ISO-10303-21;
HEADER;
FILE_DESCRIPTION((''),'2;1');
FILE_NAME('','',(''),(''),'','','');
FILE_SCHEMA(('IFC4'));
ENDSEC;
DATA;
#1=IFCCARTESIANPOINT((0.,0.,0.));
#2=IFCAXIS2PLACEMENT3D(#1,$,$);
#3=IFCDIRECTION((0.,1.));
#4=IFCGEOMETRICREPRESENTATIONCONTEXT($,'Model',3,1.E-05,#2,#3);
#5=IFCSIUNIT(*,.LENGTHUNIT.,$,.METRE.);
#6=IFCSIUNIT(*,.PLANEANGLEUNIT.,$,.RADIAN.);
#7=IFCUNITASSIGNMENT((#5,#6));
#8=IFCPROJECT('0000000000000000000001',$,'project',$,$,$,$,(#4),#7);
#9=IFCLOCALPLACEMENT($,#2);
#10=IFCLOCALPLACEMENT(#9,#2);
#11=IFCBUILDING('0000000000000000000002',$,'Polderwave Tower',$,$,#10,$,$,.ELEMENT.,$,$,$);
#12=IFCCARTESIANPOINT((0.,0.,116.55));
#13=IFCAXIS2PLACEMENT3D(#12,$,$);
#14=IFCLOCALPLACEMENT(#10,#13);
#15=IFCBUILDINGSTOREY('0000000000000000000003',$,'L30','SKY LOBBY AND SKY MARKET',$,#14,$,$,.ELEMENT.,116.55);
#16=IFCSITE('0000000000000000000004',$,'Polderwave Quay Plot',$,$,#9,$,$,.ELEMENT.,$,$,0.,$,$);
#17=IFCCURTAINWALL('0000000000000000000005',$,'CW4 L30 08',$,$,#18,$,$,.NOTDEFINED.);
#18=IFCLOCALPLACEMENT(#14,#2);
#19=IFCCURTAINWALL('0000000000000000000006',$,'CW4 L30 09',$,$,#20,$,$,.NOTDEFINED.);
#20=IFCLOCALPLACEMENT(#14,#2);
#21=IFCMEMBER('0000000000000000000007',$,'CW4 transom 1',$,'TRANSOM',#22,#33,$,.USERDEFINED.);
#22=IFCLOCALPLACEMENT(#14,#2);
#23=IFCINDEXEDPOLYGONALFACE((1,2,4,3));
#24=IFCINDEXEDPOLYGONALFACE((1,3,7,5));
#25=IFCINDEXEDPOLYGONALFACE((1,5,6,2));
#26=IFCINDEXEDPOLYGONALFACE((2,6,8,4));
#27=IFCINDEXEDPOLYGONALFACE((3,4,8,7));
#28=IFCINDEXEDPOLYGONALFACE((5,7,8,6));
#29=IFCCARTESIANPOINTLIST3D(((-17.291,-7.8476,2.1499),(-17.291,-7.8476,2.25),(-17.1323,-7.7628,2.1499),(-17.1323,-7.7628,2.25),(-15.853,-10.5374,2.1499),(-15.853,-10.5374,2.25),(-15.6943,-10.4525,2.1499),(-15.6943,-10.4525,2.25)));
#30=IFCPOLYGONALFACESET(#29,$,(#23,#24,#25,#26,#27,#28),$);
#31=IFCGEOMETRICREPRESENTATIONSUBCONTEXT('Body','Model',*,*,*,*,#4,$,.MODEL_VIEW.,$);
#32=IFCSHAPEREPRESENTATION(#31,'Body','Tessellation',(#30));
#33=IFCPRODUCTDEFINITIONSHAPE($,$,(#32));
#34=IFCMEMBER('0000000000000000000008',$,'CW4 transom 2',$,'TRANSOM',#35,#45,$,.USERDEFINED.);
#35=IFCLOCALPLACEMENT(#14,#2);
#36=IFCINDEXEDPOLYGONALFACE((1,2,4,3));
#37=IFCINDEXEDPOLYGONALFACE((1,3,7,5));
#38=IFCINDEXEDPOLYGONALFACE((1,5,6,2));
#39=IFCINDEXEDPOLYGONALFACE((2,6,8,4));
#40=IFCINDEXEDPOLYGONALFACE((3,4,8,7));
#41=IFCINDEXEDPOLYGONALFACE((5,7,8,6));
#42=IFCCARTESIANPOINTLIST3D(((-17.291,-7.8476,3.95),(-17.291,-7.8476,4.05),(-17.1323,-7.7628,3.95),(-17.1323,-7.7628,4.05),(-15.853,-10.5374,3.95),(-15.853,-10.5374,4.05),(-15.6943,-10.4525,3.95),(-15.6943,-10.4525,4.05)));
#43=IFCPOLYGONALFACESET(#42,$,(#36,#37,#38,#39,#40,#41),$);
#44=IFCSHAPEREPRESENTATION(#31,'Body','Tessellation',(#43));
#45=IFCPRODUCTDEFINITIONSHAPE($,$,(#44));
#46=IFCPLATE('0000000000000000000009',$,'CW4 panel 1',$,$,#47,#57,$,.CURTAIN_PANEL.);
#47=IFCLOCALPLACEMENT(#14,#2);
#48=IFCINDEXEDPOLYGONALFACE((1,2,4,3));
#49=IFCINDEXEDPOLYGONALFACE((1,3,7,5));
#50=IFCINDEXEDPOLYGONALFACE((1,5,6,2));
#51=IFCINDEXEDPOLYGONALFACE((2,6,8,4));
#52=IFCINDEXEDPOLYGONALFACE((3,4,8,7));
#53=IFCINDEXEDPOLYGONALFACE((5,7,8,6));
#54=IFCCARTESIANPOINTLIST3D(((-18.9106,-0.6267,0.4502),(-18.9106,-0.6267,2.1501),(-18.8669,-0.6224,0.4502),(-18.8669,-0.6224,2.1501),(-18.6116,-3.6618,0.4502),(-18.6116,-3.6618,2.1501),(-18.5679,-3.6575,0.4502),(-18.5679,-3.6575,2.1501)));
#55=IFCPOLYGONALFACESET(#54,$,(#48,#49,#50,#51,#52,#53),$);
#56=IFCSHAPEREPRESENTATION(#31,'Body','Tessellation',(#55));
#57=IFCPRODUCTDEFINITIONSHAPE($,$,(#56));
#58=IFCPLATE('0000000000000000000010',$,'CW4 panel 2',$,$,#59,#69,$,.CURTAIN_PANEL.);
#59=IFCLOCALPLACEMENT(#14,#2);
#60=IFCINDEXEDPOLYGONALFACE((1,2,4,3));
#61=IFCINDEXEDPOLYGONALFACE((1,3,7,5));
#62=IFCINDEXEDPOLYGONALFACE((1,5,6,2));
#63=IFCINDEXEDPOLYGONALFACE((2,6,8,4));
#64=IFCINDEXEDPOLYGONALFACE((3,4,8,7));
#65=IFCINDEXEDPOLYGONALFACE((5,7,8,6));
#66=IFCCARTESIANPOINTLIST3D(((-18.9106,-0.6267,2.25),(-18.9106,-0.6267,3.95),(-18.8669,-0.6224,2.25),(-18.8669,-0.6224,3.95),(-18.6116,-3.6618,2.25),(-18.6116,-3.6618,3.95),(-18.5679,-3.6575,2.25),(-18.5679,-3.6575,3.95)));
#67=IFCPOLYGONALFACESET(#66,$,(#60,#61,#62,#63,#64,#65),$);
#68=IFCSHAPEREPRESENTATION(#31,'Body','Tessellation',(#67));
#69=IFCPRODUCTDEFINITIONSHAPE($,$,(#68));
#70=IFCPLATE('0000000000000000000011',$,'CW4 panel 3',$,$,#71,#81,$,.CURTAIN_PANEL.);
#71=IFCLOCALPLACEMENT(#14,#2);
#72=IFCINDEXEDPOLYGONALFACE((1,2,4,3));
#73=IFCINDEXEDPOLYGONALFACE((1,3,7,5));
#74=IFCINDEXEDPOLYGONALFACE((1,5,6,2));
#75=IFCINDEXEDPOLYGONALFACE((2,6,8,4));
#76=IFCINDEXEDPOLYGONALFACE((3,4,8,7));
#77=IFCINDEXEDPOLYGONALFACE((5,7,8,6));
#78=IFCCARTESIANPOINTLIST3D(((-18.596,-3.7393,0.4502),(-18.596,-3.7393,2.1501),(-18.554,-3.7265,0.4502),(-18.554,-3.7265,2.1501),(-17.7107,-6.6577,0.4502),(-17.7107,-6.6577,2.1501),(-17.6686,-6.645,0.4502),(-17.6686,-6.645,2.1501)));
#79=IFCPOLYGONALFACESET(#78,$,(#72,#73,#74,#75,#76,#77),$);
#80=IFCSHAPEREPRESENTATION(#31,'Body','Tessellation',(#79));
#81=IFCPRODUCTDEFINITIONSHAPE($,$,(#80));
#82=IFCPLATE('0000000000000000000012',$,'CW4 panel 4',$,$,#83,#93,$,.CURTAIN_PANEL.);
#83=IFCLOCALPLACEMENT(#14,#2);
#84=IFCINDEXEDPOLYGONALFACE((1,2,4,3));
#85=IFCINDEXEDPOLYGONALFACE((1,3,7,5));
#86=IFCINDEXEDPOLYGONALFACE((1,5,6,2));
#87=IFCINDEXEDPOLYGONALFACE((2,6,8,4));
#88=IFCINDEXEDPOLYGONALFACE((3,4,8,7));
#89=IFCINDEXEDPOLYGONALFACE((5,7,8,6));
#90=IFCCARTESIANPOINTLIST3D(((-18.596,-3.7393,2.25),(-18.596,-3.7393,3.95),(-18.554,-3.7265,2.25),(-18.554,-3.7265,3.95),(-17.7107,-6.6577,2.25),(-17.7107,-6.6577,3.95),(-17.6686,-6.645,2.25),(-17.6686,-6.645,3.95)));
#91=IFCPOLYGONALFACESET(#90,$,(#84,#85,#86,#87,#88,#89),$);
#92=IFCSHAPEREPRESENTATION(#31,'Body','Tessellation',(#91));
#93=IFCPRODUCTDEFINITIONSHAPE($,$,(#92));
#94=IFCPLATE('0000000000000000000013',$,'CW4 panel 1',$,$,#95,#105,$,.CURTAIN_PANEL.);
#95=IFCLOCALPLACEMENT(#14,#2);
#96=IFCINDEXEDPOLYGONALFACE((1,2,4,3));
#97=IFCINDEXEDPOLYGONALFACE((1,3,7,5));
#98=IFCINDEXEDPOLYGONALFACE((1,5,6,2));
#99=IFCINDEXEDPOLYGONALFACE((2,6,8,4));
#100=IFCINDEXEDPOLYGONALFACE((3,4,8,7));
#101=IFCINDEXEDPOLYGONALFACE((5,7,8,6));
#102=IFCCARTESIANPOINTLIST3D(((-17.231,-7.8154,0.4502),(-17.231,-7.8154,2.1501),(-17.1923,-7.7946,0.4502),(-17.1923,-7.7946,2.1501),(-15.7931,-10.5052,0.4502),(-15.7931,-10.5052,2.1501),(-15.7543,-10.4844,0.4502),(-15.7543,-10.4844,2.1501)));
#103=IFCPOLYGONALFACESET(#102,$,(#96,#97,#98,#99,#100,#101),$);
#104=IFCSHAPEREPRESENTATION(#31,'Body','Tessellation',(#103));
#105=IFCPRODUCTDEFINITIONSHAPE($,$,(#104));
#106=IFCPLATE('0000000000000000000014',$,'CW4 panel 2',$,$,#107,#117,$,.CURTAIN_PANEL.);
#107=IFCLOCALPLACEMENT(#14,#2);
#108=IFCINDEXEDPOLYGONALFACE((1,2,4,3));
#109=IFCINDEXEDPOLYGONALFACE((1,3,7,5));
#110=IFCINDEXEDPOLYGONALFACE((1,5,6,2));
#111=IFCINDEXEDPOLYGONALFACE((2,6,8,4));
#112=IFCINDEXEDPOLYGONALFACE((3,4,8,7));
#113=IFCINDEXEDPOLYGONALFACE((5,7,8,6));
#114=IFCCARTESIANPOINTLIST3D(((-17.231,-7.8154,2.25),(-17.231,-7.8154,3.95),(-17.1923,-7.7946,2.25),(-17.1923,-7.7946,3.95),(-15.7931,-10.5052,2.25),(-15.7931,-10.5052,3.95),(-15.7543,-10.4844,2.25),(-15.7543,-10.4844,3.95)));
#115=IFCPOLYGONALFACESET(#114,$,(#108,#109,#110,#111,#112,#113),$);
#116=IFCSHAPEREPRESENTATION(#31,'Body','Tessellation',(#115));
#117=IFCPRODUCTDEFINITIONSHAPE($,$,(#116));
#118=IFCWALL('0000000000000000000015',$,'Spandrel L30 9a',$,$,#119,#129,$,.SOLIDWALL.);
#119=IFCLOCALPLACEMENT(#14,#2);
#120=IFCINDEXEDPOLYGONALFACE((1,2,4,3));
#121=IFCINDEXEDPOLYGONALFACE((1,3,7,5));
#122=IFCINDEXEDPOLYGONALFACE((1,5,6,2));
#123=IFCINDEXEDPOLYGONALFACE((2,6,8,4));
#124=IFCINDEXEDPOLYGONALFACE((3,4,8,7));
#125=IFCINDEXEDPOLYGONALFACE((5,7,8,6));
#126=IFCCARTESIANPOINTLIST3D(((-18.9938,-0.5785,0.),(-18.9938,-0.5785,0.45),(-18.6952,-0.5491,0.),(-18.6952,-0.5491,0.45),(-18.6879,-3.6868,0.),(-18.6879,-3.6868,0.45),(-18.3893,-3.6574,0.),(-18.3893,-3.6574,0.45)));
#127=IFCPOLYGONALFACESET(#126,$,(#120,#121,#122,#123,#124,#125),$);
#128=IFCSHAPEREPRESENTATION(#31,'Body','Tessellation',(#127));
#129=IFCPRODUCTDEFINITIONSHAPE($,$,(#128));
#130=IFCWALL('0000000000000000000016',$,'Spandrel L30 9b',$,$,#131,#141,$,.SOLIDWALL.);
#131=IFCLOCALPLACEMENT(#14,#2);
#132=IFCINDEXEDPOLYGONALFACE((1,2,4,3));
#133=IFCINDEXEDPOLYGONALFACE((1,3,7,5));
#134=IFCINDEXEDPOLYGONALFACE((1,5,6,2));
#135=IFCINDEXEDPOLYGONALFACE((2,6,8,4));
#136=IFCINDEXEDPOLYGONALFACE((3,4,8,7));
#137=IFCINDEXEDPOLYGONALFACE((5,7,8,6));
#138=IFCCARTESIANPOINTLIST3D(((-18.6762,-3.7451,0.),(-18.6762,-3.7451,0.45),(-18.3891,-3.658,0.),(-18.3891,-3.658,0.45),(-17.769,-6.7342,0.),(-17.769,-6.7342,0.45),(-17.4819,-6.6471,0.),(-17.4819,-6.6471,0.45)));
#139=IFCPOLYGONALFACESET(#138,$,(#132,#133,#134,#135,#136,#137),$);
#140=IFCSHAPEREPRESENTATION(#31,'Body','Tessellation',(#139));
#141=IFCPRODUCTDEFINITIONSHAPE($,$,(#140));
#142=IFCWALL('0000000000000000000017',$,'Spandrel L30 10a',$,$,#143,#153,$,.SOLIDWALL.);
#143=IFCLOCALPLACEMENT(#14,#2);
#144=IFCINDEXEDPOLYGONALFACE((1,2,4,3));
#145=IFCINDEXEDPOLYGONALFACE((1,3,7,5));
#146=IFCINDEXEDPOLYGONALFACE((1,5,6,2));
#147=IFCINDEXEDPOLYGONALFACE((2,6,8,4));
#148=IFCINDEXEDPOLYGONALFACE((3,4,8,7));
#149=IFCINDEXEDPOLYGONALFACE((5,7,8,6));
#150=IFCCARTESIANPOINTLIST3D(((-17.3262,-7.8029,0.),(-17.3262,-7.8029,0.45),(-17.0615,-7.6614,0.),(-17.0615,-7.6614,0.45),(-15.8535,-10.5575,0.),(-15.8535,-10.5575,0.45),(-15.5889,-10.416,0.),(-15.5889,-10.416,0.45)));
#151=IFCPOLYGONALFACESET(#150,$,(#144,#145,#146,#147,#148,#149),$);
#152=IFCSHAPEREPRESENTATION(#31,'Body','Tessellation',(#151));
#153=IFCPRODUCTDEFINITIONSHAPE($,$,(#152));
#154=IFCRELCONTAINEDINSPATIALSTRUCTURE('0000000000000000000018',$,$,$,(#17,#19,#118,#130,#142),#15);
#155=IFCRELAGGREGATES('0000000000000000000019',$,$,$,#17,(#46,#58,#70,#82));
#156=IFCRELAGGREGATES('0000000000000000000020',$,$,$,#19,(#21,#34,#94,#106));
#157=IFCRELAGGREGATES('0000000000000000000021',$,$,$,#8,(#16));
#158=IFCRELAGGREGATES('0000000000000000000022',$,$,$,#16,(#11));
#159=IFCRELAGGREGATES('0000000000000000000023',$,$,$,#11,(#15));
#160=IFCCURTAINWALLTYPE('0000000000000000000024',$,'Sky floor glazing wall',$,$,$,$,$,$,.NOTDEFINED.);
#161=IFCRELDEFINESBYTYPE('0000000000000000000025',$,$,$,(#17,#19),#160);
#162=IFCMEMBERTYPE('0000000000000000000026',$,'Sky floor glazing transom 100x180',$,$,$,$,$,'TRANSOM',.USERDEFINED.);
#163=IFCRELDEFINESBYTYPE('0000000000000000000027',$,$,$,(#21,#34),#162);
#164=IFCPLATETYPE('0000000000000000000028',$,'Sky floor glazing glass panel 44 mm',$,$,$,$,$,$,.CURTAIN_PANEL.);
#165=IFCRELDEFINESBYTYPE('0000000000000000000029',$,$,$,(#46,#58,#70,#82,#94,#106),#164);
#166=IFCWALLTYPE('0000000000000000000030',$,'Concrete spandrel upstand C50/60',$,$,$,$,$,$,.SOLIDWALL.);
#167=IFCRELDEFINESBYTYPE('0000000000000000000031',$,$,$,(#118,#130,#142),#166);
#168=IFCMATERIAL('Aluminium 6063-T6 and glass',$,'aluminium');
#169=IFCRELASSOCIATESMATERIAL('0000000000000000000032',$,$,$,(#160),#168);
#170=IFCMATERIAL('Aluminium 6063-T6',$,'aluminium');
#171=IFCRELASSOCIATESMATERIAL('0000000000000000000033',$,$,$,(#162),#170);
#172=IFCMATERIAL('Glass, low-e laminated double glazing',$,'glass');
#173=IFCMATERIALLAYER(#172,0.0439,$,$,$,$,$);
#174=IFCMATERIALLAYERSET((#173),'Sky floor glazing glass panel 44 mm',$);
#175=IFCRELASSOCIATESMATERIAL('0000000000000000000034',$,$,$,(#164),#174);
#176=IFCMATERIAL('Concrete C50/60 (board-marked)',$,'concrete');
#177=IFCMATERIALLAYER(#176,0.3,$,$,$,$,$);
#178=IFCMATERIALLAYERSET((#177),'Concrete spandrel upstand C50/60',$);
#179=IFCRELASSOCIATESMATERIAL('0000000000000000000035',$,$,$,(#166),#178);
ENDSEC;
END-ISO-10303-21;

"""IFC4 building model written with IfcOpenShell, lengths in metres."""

from ifc_helpers import new_model, si_unit, direction, frame, frame_2d, origin, origin_2d, place, context, subcontext, project, spatial, rectangle, extrude, material, layer, layer_set, material_profile, profile_set, type_object, element, aggregate, save


model = new_model("IFC4")

# Units and contexts
model_context = context("Model", 3, precision=1e-05, world=origin(), true_north=direction((0.0, 1.0)))
body_context = subcontext(model_context, "Body", "Model", "MODEL_VIEW")
ifc_project = project(units=[si_unit("LENGTHUNIT", "METRE"), si_unit("PLANEANGLEUNIT", "RADIAN")], contexts=[model_context])

# Site, building, storey
site_placement = place(None, origin())
site = spatial("IfcSite", under=ifc_project, at=site_placement, Name="Polderwave Quay Plot", CompositionType="ELEMENT", RefElevation=0.0)
building_placement = place(site_placement, origin())
building = spatial("IfcBuilding", under=site, at=building_placement, Name="Polderwave Tower", CompositionType="ELEMENT")
storey_placement = place(building_placement, frame((0.0, 0.0, 116.55)))
storey = spatial("IfcBuildingStorey", under=building, at=storey_placement, Name="L30", Description="SKY LOBBY AND SKY MARKET", CompositionType="ELEMENT", Elevation=116.55)

# Curtain walls
ifc_material_1 = material(Name="Aluminium 6063-T6 and glass", Category="aluminium")
curtain_wall_type = type_object("IfcCurtainWallType", Name="Sky floor glazing wall", PredefinedType="NOTDEFINED", material=ifc_material_1)
curtain_wall_1_placement = place(storey_placement, origin())
curtain_wall_1 = element("IfcCurtainWall", 1, at=curtain_wall_1_placement, inside=storey, type_object=curtain_wall_type, Name="CW4 L30 08", PredefinedType="NOTDEFINED")
ifc_material_2 = material(Name="Aluminium 6063-T6", Category="aluminium")
curtain_wall_2_placement = place(storey_placement, origin())
curtain_wall_2 = element("IfcCurtainWall", 2, at=curtain_wall_2_placement, inside=storey, type_object=curtain_wall_type, Name="CW4 L30 09", PredefinedType="NOTDEFINED")

# Members
ifc_material_profile_1 = material_profile(ifc_material_2, rectangle(XDim=0.1799, YDim=0.1001, at=origin_2d()), Name="AL 100x180")
ifc_profile_set_1 = profile_set([ifc_material_profile_1], Name="Aluminium 6063-T6")
member_type_1 = type_object("IfcMemberType", Name="Sky floor glazing transom 100x180", ElementType="TRANSOM", PredefinedType="USERDEFINED", material=ifc_profile_set_1)
member_1_placement = place(storey_placement, frame((-17.2117, -7.8052, 2.2), z_axis=(0.471477, -0.881878, 0.0), x_axis=(0.881878, 0.471477, 0.0)))
member_1 = element("IfcMember", 3, at=member_1_placement, type_object=member_type_1, Name="CW4 transom 1", ObjectType="TRANSOM", PredefinedType="USERDEFINED", context=body_context, shape_type="SweptSolid", body=[
    extrude(rectangle(XDim=0.1799, YDim=0.1001, at=origin_2d()), origin(), (0.0, 0.0, 1.0), 3.05),
])
member_2_placement = place(storey_placement, frame((-17.2117, -7.8052, 4.0), z_axis=(0.471477, -0.881878, 0.0), x_axis=(0.881878, 0.471477, 0.0)))
member_2 = element("IfcMember", 4, at=member_2_placement, type_object=member_type_1, Name="CW4 transom 2", ObjectType="TRANSOM", PredefinedType="USERDEFINED", context=body_context, shape_type="SweptSolid", body=[
    extrude(rectangle(XDim=0.1799, YDim=0.1001, at=origin_2d()), origin(), (0.0, 0.0, 1.0), 3.05),
])

# Plates
ifc_material_3 = material(Name="Glass, low-e laminated double glazing", Category="glass")
ifc_layer_1 = layer(ifc_material_3, 0.0439)
ifc_layer_set_1 = layer_set([ifc_layer_1], Name="Sky floor glazing glass panel 44 mm")
plate_type = type_object("IfcPlateType", Name="Sky floor glazing glass panel 44 mm", PredefinedType="CURTAIN_PANEL", material=ifc_layer_set_1)
plate_1_placement = place(storey_placement, frame((-18.7393, -2.1421, 0.4502), z_axis=(0.0, 0.0, 1.0), x_axis=(0.098033, -0.995183, 0.0)))
plate_1 = element("IfcPlate", 5, at=plate_1_placement, type_object=plate_type, Name="CW4 panel 1", PredefinedType="CURTAIN_PANEL", context=body_context, shape_type="SweptSolid", body=[
    extrude(rectangle(XDim=3.0498, YDim=0.0439, at=origin_2d()), origin(), (0.0, 0.0, 1.0), 1.7),
])
plate_2_placement = place(storey_placement, frame((-18.7393, -2.1421, 2.25), z_axis=(0.0, 0.0, 1.0), x_axis=(0.098033, -0.995183, 0.0)))
plate_2 = element("IfcPlate", 6, at=plate_2_placement, type_object=plate_type, Name="CW4 panel 2", PredefinedType="CURTAIN_PANEL", context=body_context, shape_type="SweptSolid", body=[
    extrude(rectangle(XDim=3.0498, YDim=0.0439, at=origin_2d()), origin(), (0.0, 0.0, 1.0), 1.7),
])
plate_3_placement = place(storey_placement, frame((-18.1323, -5.1921, 0.4502), z_axis=(0.0, 0.0, 1.0), x_axis=(0.290306, -0.956934, 0.0)))
plate_3 = element("IfcPlate", 7, at=plate_3_placement, type_object=plate_type, Name="CW4 panel 3", PredefinedType="CURTAIN_PANEL", context=body_context, shape_type="SweptSolid", body=[
    extrude(rectangle(XDim=3.0498, YDim=0.0439, at=origin_2d()), origin(), (0.0, 0.0, 1.0), 1.7),
])
plate_4_placement = place(storey_placement, frame((-18.1323, -5.1921, 2.25), z_axis=(0.0, 0.0, 1.0), x_axis=(0.290306, -0.956934, 0.0)))
plate_4 = element("IfcPlate", 8, at=plate_4_placement, type_object=plate_type, Name="CW4 panel 4", PredefinedType="CURTAIN_PANEL", context=body_context, shape_type="SweptSolid", body=[
    extrude(rectangle(XDim=3.0498, YDim=0.0439, at=origin_2d()), origin(), (0.0, 0.0, 1.0), 1.7),
])
aggregate(curtain_wall_1, [plate_1, plate_2, plate_3, plate_4])
plate_5_placement = place(storey_placement, frame((-16.4927, -9.1499, 0.4502), z_axis=(0.0, 0.0, 1.0), x_axis=(0.471458, -0.881888, 0.0)))
plate_5 = element("IfcPlate", 9, at=plate_5_placement, type_object=plate_type, Name="CW4 panel 1", PredefinedType="CURTAIN_PANEL", context=body_context, shape_type="SweptSolid", body=[
    extrude(rectangle(XDim=3.05, YDim=0.0439, at=origin_2d()), origin(), (0.0, 0.0, 1.0), 1.7),
])
plate_6_placement = place(storey_placement, frame((-16.4927, -9.1499, 2.25), z_axis=(0.0, 0.0, 1.0), x_axis=(0.471458, -0.881888, 0.0)))
plate_6 = element("IfcPlate", 10, at=plate_6_placement, type_object=plate_type, Name="CW4 panel 2", PredefinedType="CURTAIN_PANEL", context=body_context, shape_type="SweptSolid", body=[
    extrude(rectangle(XDim=3.05, YDim=0.0439, at=origin_2d()), origin(), (0.0, 0.0, 1.0), 1.7),
])
aggregate(curtain_wall_2, [member_1, member_2, plate_5, plate_6])

# Walls
ifc_material_4 = material(Name="Concrete C50/60 (board-marked)", Category="concrete")
ifc_layer_2 = layer(ifc_material_4, 0.3)
ifc_layer_set_2 = layer_set([ifc_layer_2], Name="Concrete spandrel upstand C50/60")
wall_type = type_object("IfcWallType", Name="Concrete spandrel upstand C50/60", PredefinedType="SOLIDWALL", material=ifc_layer_set_2)
wall_1_placement = place(storey_placement, frame((-18.8445, -0.564, 0.0), z_axis=(0.0, 0.0, 1.0), x_axis=(0.097948, -0.995192, 0.0)))
element("IfcWall", 11, at=wall_1_placement, inside=storey, type_object=wall_type, Name="Spandrel L30 9a", PredefinedType="SOLIDWALL", context=body_context, shape_type="SweptSolid", body=[
    extrude(rectangle(XDim=3.1233, YDim=0.3, at=frame_2d((1.5615, 0.0))), origin(), (0.0, 0.0, 1.0), 0.45),
])
wall_2_placement = place(storey_placement, frame((-18.5327, -3.7014, 0.0), z_axis=(0.0, 0.0, 1.0), x_axis=(0.290415, -0.956901, 0.0)))
element("IfcWall", 12, at=wall_2_placement, inside=storey, type_object=wall_type, Name="Spandrel L30 9b", PredefinedType="SOLIDWALL", context=body_context, shape_type="SweptSolid", body=[
    extrude(rectangle(XDim=3.1238, YDim=0.3, at=frame_2d((1.562, 0.0))), origin(), (0.0, 0.0, 1.0), 0.45),
])
wall_3_placement = place(storey_placement, frame((-17.1938, -7.7322, 0.0), z_axis=(0.0, 0.0, 1.0), x_axis=(0.471464, -0.881885, 0.0)))
element("IfcWall", 13, at=wall_3_placement, inside=storey, type_object=wall_type, Name="Spandrel L30 10a", PredefinedType="SOLIDWALL", context=body_context, shape_type="SweptSolid", body=[
    extrude(rectangle(XDim=3.1235, YDim=0.3, at=frame_2d((1.5618, 0.0))), origin(), (0.0, 0.0, 1.0), 0.45),
])

save(model, "model.ifc")
